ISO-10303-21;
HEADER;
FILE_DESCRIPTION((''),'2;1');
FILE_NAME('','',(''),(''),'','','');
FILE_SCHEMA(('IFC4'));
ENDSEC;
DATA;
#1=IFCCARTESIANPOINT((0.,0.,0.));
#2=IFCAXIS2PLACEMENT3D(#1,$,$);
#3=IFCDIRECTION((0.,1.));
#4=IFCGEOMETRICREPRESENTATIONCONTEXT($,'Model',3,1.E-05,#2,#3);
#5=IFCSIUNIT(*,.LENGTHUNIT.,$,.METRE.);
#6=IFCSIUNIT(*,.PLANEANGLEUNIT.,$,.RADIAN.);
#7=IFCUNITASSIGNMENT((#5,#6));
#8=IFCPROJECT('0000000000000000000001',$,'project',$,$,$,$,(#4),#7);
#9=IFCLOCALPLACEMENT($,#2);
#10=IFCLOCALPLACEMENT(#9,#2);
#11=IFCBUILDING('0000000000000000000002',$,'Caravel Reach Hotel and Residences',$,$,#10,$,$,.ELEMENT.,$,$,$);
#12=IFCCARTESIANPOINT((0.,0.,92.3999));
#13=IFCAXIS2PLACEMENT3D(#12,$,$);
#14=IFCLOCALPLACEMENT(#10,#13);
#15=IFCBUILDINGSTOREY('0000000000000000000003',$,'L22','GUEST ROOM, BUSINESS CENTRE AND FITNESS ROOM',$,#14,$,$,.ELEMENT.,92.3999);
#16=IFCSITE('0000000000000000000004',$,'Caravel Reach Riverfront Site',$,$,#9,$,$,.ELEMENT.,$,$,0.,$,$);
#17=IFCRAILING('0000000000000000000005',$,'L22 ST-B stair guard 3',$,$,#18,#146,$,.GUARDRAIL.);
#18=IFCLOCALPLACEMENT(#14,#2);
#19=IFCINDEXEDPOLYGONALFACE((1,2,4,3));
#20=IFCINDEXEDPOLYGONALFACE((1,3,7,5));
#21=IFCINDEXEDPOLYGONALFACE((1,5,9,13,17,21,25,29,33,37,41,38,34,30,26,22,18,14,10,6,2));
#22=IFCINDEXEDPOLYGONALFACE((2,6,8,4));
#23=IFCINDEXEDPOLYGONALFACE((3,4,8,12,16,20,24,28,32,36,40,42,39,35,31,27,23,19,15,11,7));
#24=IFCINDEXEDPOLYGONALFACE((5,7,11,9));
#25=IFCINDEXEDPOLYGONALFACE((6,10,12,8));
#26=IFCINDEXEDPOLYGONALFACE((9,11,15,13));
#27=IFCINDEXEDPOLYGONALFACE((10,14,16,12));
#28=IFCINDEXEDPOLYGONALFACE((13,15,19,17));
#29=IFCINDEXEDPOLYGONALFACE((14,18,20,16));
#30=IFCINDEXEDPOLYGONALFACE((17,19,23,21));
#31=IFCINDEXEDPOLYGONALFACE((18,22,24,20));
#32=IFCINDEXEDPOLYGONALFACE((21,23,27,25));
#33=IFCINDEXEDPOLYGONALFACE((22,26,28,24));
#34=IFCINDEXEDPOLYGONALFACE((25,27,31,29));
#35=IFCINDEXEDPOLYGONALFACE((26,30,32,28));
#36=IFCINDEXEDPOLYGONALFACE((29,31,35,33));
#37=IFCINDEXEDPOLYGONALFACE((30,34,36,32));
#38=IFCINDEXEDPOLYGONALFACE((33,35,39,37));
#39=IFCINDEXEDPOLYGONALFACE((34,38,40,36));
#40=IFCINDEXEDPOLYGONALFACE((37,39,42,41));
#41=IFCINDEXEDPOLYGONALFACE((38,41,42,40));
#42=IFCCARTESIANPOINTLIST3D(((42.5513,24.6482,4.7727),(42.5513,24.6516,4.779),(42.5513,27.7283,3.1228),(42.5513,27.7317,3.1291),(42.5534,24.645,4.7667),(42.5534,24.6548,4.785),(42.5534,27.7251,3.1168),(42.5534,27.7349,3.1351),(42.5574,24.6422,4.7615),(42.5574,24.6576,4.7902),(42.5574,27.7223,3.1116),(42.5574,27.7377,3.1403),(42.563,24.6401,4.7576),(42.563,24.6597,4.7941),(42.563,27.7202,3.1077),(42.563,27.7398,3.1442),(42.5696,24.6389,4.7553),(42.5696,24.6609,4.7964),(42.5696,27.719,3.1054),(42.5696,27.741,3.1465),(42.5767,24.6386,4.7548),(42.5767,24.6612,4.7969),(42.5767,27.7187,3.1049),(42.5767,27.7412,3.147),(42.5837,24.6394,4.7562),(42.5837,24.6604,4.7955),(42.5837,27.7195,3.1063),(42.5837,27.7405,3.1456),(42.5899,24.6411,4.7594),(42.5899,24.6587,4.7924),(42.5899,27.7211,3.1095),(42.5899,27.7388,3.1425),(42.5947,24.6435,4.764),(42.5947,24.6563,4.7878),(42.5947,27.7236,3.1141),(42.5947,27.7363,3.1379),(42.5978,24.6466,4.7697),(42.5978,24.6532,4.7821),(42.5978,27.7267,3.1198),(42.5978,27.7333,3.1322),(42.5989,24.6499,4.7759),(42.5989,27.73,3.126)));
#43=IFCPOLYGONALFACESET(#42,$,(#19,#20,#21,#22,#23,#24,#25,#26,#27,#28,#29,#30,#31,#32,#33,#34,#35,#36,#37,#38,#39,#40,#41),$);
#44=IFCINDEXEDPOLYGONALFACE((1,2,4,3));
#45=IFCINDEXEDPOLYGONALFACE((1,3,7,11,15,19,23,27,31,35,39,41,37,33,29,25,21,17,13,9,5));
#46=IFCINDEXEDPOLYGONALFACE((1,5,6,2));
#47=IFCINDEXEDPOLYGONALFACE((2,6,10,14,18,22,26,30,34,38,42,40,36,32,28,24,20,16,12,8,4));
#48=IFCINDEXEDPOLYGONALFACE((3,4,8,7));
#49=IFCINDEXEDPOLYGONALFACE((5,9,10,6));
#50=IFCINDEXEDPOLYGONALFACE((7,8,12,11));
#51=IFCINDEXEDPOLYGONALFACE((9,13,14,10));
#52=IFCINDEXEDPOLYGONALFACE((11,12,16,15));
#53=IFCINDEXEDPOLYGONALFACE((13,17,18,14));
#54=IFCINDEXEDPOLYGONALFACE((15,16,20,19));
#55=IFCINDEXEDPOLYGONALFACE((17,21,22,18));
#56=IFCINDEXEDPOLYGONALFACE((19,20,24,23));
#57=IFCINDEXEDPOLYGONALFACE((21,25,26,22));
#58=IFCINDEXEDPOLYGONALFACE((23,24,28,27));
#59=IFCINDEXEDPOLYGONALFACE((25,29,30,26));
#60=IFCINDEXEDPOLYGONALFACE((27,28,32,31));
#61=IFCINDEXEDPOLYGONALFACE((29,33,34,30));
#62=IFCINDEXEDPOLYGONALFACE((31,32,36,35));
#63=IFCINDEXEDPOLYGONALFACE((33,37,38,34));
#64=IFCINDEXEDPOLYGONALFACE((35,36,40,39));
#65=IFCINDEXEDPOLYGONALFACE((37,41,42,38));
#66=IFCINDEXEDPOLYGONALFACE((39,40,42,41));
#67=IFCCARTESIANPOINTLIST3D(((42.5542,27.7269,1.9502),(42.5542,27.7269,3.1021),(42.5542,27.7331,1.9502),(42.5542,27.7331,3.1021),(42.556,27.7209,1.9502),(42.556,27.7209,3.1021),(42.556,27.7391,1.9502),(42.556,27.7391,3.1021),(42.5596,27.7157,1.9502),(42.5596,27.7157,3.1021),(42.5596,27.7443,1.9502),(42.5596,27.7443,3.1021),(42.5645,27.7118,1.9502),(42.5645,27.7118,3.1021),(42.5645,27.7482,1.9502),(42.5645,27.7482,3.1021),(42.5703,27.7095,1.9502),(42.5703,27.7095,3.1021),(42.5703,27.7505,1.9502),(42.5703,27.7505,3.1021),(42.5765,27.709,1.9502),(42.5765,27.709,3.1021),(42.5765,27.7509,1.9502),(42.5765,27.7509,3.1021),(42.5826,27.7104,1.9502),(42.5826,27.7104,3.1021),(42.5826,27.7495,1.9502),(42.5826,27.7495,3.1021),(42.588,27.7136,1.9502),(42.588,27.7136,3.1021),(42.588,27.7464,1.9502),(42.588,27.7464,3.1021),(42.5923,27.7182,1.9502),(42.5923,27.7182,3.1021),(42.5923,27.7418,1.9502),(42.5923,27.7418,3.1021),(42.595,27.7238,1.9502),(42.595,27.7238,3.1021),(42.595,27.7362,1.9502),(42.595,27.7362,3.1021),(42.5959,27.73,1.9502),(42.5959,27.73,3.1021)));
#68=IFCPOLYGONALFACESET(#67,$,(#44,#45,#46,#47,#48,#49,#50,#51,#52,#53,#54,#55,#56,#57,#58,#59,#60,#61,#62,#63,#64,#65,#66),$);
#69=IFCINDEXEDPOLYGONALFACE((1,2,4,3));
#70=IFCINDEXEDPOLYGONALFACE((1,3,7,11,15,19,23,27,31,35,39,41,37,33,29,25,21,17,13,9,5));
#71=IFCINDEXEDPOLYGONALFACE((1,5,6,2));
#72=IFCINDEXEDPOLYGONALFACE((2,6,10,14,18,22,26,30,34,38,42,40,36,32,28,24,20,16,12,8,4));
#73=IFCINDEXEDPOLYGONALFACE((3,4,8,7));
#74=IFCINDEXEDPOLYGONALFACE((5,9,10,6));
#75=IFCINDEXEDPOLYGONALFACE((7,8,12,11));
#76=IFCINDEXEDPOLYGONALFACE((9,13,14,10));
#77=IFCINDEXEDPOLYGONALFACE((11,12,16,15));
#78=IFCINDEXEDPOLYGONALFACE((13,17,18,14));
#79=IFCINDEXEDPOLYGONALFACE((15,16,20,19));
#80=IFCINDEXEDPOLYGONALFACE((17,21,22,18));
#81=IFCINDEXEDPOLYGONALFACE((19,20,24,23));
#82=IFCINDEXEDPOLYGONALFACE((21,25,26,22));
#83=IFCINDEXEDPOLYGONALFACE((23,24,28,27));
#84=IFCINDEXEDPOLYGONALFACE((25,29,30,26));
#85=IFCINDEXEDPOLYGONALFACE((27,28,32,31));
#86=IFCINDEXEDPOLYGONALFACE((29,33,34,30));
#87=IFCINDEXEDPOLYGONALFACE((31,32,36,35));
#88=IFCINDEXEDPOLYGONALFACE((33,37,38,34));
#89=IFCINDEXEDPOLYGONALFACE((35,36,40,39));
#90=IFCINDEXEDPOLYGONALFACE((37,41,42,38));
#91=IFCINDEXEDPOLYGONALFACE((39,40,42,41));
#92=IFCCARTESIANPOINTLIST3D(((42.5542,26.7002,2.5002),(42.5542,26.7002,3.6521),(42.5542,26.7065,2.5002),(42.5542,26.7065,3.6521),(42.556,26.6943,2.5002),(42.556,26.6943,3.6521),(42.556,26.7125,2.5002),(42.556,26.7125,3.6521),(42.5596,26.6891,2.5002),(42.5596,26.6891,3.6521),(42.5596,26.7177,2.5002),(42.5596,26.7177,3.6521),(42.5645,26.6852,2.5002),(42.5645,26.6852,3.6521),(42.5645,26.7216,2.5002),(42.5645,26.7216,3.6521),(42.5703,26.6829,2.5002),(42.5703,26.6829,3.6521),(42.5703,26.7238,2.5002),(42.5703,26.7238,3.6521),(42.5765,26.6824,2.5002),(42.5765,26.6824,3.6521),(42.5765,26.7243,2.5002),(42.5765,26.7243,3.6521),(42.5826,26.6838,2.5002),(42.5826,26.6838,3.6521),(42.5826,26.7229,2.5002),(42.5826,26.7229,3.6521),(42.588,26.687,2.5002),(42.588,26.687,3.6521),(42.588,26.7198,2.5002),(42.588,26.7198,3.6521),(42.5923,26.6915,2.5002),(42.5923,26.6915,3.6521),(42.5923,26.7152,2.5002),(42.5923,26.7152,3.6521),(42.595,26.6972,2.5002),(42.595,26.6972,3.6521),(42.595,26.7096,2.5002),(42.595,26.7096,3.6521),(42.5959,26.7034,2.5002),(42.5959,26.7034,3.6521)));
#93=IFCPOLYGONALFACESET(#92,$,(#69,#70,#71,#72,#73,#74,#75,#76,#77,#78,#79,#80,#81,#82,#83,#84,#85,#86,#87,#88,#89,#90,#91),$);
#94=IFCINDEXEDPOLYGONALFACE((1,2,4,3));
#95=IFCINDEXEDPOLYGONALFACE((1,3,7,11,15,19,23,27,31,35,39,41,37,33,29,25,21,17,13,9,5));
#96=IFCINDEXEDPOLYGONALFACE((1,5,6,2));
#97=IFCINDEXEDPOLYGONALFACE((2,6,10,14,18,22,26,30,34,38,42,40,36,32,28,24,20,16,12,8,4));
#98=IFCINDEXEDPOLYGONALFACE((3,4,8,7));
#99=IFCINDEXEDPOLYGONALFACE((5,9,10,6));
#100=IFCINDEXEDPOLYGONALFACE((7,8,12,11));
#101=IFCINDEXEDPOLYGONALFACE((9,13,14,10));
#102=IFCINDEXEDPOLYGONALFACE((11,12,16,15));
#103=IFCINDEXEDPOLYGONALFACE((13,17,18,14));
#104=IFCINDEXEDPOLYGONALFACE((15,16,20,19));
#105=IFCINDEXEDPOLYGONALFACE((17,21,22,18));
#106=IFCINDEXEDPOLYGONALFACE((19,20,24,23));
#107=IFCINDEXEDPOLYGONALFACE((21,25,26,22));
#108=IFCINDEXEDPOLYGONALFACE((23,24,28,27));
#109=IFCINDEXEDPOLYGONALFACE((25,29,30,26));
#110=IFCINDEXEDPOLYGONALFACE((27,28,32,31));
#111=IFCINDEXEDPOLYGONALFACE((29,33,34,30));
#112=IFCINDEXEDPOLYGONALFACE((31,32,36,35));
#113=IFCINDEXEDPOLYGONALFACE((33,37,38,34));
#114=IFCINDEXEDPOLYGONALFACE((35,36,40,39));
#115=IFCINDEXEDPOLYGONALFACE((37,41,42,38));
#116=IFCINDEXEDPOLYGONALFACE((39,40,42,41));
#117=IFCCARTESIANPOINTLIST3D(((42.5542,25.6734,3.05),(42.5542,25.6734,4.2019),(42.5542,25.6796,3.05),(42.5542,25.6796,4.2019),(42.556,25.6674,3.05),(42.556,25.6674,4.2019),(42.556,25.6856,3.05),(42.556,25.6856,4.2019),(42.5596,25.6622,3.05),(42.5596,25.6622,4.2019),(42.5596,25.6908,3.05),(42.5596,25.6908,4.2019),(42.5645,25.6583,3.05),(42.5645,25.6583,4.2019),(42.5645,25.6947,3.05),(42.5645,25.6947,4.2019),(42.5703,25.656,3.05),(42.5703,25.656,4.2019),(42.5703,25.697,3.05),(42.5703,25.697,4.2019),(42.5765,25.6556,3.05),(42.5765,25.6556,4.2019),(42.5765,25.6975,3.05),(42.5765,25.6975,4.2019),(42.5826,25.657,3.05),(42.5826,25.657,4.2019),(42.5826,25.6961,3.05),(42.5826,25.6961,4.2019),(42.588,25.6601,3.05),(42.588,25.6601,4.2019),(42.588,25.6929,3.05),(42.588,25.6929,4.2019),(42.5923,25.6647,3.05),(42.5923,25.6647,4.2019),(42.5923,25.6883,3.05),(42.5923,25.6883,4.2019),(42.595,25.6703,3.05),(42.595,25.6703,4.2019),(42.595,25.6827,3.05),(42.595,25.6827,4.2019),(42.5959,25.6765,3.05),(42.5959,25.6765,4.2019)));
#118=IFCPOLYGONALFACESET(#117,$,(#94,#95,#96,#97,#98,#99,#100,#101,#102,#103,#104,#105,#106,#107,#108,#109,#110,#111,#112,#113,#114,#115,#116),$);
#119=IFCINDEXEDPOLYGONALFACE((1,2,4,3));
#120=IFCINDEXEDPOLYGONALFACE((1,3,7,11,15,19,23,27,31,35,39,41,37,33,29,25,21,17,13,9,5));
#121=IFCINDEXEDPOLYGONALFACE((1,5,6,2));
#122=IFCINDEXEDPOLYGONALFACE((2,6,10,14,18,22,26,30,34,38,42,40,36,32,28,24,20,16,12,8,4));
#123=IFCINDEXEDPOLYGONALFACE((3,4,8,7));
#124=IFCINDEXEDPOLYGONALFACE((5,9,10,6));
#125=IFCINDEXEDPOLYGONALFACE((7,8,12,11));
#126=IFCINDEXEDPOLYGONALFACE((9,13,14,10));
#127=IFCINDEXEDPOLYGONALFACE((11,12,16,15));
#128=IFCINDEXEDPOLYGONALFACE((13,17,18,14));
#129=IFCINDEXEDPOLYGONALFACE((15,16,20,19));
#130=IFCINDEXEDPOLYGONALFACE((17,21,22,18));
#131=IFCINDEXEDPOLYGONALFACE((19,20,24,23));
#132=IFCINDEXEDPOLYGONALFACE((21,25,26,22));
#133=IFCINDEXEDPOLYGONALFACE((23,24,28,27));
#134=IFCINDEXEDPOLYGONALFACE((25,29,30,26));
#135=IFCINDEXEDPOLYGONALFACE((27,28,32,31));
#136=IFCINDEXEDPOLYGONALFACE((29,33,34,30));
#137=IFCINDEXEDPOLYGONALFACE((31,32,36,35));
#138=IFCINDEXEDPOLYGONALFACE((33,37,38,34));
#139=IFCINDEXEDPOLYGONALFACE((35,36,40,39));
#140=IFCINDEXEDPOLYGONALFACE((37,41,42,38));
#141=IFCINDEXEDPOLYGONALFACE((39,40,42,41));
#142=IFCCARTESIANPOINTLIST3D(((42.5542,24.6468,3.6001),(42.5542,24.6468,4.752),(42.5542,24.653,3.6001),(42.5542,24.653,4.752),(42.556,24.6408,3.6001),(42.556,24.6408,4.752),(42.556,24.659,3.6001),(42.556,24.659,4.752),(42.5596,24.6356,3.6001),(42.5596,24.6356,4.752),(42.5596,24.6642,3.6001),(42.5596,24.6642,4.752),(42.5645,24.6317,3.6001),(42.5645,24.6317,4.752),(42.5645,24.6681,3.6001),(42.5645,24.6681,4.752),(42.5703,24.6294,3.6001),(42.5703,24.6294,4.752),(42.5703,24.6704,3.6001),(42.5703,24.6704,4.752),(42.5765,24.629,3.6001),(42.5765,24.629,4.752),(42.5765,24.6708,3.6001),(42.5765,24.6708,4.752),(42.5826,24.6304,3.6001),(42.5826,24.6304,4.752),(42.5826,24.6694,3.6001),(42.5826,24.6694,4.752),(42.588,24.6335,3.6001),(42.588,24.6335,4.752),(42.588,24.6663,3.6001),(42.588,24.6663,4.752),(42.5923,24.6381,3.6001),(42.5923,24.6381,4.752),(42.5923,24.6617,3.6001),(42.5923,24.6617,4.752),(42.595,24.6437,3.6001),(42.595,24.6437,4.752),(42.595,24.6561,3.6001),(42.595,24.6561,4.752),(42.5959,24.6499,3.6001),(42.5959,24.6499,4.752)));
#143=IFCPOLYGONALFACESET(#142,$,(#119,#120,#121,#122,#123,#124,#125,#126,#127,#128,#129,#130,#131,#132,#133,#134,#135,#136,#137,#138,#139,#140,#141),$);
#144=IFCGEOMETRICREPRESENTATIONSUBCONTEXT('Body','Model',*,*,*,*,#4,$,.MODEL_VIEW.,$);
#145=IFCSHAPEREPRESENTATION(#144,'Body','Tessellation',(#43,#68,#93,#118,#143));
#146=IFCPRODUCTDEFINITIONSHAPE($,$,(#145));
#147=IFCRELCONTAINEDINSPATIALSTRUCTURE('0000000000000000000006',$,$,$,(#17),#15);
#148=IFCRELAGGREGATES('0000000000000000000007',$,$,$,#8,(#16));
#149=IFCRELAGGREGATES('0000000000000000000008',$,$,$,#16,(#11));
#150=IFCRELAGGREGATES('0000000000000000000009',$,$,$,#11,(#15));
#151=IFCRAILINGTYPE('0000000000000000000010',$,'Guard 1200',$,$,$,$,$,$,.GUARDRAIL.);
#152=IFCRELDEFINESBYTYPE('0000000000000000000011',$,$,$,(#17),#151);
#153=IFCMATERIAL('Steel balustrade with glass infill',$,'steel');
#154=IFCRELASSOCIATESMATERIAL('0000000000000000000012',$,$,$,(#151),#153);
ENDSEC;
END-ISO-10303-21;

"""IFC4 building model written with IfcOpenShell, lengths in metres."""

from ifc_helpers import new_model, si_unit, direction, frame, origin, origin_2d, place, context, subcontext, project, spatial, circle, extrude, material, type_object, element, save


model = new_model("IFC4")

# Units and contexts
model_context = context("Model", 3, precision=1e-05, world=origin(), true_north=direction((0.0, 1.0)))
body_context = subcontext(model_context, "Body", "Model", "MODEL_VIEW")
ifc_project = project(units=[si_unit("LENGTHUNIT", "METRE"), si_unit("PLANEANGLEUNIT", "RADIAN")], contexts=[model_context])

# Site, building, storey
site_placement = place(None, origin())
site = spatial("IfcSite", under=ifc_project, at=site_placement, Name="Caravel Reach Riverfront Site", CompositionType="ELEMENT", RefElevation=0.0)
building_placement = place(site_placement, origin())
building = spatial("IfcBuilding", under=site, at=building_placement, Name="Caravel Reach Hotel and Residences", CompositionType="ELEMENT")
storey_placement = place(building_placement, frame((0.0, 0.0, 92.3999)))
storey = spatial("IfcBuildingStorey", under=building, at=storey_placement, Name="L22", Description="GUEST ROOM, BUSINESS CENTRE AND FITNESS ROOM", CompositionType="ELEMENT", Elevation=92.3999)

# Railing
ifc_material_1 = material(Name="Steel balustrade with glass infill", Category="steel")
railing_type_1 = type_object("IfcRailingType", Name="Guard 1200", PredefinedType="GUARDRAIL", material=ifc_material_1)
railing_1_placement = place(storey_placement, frame((42.575, 27.73, 1.9502)))
element("IfcRailing", 1, at=railing_1_placement, inside=storey, type_object=railing_type_1, Name="L22 ST-B stair guard 3", PredefinedType="GUARDRAIL", context=body_context, shape_type="SweptSolid", body=[
    extrude(circle(Radius=0.0239, at=origin_2d()), frame((0.0, 0.0, 1.1758), z_axis=(0.0, -0.881497, 0.47219), x_axis=(1.0, 0.0, 0.0)), (0.0, 0.0, 1.0), 3.4941),
    extrude(circle(Radius=0.021, at=origin_2d()), origin(), (0.0, 0.0, 1.0), 1.1519),
    extrude(circle(Radius=0.021, at=origin_2d()), frame((0.0, -1.0266, 0.55)), (0.0, 0.0, 1.0), 1.1519),
    extrude(circle(Radius=0.021, at=origin_2d()), frame((0.0, -2.0535, 1.0999)), (0.0, 0.0, 1.0), 1.1519),
    extrude(circle(Radius=0.021, at=origin_2d()), frame((0.0, -3.0801, 1.6499)), (0.0, 0.0, 1.0), 1.1519),
])

save(model, "model.ifc")
